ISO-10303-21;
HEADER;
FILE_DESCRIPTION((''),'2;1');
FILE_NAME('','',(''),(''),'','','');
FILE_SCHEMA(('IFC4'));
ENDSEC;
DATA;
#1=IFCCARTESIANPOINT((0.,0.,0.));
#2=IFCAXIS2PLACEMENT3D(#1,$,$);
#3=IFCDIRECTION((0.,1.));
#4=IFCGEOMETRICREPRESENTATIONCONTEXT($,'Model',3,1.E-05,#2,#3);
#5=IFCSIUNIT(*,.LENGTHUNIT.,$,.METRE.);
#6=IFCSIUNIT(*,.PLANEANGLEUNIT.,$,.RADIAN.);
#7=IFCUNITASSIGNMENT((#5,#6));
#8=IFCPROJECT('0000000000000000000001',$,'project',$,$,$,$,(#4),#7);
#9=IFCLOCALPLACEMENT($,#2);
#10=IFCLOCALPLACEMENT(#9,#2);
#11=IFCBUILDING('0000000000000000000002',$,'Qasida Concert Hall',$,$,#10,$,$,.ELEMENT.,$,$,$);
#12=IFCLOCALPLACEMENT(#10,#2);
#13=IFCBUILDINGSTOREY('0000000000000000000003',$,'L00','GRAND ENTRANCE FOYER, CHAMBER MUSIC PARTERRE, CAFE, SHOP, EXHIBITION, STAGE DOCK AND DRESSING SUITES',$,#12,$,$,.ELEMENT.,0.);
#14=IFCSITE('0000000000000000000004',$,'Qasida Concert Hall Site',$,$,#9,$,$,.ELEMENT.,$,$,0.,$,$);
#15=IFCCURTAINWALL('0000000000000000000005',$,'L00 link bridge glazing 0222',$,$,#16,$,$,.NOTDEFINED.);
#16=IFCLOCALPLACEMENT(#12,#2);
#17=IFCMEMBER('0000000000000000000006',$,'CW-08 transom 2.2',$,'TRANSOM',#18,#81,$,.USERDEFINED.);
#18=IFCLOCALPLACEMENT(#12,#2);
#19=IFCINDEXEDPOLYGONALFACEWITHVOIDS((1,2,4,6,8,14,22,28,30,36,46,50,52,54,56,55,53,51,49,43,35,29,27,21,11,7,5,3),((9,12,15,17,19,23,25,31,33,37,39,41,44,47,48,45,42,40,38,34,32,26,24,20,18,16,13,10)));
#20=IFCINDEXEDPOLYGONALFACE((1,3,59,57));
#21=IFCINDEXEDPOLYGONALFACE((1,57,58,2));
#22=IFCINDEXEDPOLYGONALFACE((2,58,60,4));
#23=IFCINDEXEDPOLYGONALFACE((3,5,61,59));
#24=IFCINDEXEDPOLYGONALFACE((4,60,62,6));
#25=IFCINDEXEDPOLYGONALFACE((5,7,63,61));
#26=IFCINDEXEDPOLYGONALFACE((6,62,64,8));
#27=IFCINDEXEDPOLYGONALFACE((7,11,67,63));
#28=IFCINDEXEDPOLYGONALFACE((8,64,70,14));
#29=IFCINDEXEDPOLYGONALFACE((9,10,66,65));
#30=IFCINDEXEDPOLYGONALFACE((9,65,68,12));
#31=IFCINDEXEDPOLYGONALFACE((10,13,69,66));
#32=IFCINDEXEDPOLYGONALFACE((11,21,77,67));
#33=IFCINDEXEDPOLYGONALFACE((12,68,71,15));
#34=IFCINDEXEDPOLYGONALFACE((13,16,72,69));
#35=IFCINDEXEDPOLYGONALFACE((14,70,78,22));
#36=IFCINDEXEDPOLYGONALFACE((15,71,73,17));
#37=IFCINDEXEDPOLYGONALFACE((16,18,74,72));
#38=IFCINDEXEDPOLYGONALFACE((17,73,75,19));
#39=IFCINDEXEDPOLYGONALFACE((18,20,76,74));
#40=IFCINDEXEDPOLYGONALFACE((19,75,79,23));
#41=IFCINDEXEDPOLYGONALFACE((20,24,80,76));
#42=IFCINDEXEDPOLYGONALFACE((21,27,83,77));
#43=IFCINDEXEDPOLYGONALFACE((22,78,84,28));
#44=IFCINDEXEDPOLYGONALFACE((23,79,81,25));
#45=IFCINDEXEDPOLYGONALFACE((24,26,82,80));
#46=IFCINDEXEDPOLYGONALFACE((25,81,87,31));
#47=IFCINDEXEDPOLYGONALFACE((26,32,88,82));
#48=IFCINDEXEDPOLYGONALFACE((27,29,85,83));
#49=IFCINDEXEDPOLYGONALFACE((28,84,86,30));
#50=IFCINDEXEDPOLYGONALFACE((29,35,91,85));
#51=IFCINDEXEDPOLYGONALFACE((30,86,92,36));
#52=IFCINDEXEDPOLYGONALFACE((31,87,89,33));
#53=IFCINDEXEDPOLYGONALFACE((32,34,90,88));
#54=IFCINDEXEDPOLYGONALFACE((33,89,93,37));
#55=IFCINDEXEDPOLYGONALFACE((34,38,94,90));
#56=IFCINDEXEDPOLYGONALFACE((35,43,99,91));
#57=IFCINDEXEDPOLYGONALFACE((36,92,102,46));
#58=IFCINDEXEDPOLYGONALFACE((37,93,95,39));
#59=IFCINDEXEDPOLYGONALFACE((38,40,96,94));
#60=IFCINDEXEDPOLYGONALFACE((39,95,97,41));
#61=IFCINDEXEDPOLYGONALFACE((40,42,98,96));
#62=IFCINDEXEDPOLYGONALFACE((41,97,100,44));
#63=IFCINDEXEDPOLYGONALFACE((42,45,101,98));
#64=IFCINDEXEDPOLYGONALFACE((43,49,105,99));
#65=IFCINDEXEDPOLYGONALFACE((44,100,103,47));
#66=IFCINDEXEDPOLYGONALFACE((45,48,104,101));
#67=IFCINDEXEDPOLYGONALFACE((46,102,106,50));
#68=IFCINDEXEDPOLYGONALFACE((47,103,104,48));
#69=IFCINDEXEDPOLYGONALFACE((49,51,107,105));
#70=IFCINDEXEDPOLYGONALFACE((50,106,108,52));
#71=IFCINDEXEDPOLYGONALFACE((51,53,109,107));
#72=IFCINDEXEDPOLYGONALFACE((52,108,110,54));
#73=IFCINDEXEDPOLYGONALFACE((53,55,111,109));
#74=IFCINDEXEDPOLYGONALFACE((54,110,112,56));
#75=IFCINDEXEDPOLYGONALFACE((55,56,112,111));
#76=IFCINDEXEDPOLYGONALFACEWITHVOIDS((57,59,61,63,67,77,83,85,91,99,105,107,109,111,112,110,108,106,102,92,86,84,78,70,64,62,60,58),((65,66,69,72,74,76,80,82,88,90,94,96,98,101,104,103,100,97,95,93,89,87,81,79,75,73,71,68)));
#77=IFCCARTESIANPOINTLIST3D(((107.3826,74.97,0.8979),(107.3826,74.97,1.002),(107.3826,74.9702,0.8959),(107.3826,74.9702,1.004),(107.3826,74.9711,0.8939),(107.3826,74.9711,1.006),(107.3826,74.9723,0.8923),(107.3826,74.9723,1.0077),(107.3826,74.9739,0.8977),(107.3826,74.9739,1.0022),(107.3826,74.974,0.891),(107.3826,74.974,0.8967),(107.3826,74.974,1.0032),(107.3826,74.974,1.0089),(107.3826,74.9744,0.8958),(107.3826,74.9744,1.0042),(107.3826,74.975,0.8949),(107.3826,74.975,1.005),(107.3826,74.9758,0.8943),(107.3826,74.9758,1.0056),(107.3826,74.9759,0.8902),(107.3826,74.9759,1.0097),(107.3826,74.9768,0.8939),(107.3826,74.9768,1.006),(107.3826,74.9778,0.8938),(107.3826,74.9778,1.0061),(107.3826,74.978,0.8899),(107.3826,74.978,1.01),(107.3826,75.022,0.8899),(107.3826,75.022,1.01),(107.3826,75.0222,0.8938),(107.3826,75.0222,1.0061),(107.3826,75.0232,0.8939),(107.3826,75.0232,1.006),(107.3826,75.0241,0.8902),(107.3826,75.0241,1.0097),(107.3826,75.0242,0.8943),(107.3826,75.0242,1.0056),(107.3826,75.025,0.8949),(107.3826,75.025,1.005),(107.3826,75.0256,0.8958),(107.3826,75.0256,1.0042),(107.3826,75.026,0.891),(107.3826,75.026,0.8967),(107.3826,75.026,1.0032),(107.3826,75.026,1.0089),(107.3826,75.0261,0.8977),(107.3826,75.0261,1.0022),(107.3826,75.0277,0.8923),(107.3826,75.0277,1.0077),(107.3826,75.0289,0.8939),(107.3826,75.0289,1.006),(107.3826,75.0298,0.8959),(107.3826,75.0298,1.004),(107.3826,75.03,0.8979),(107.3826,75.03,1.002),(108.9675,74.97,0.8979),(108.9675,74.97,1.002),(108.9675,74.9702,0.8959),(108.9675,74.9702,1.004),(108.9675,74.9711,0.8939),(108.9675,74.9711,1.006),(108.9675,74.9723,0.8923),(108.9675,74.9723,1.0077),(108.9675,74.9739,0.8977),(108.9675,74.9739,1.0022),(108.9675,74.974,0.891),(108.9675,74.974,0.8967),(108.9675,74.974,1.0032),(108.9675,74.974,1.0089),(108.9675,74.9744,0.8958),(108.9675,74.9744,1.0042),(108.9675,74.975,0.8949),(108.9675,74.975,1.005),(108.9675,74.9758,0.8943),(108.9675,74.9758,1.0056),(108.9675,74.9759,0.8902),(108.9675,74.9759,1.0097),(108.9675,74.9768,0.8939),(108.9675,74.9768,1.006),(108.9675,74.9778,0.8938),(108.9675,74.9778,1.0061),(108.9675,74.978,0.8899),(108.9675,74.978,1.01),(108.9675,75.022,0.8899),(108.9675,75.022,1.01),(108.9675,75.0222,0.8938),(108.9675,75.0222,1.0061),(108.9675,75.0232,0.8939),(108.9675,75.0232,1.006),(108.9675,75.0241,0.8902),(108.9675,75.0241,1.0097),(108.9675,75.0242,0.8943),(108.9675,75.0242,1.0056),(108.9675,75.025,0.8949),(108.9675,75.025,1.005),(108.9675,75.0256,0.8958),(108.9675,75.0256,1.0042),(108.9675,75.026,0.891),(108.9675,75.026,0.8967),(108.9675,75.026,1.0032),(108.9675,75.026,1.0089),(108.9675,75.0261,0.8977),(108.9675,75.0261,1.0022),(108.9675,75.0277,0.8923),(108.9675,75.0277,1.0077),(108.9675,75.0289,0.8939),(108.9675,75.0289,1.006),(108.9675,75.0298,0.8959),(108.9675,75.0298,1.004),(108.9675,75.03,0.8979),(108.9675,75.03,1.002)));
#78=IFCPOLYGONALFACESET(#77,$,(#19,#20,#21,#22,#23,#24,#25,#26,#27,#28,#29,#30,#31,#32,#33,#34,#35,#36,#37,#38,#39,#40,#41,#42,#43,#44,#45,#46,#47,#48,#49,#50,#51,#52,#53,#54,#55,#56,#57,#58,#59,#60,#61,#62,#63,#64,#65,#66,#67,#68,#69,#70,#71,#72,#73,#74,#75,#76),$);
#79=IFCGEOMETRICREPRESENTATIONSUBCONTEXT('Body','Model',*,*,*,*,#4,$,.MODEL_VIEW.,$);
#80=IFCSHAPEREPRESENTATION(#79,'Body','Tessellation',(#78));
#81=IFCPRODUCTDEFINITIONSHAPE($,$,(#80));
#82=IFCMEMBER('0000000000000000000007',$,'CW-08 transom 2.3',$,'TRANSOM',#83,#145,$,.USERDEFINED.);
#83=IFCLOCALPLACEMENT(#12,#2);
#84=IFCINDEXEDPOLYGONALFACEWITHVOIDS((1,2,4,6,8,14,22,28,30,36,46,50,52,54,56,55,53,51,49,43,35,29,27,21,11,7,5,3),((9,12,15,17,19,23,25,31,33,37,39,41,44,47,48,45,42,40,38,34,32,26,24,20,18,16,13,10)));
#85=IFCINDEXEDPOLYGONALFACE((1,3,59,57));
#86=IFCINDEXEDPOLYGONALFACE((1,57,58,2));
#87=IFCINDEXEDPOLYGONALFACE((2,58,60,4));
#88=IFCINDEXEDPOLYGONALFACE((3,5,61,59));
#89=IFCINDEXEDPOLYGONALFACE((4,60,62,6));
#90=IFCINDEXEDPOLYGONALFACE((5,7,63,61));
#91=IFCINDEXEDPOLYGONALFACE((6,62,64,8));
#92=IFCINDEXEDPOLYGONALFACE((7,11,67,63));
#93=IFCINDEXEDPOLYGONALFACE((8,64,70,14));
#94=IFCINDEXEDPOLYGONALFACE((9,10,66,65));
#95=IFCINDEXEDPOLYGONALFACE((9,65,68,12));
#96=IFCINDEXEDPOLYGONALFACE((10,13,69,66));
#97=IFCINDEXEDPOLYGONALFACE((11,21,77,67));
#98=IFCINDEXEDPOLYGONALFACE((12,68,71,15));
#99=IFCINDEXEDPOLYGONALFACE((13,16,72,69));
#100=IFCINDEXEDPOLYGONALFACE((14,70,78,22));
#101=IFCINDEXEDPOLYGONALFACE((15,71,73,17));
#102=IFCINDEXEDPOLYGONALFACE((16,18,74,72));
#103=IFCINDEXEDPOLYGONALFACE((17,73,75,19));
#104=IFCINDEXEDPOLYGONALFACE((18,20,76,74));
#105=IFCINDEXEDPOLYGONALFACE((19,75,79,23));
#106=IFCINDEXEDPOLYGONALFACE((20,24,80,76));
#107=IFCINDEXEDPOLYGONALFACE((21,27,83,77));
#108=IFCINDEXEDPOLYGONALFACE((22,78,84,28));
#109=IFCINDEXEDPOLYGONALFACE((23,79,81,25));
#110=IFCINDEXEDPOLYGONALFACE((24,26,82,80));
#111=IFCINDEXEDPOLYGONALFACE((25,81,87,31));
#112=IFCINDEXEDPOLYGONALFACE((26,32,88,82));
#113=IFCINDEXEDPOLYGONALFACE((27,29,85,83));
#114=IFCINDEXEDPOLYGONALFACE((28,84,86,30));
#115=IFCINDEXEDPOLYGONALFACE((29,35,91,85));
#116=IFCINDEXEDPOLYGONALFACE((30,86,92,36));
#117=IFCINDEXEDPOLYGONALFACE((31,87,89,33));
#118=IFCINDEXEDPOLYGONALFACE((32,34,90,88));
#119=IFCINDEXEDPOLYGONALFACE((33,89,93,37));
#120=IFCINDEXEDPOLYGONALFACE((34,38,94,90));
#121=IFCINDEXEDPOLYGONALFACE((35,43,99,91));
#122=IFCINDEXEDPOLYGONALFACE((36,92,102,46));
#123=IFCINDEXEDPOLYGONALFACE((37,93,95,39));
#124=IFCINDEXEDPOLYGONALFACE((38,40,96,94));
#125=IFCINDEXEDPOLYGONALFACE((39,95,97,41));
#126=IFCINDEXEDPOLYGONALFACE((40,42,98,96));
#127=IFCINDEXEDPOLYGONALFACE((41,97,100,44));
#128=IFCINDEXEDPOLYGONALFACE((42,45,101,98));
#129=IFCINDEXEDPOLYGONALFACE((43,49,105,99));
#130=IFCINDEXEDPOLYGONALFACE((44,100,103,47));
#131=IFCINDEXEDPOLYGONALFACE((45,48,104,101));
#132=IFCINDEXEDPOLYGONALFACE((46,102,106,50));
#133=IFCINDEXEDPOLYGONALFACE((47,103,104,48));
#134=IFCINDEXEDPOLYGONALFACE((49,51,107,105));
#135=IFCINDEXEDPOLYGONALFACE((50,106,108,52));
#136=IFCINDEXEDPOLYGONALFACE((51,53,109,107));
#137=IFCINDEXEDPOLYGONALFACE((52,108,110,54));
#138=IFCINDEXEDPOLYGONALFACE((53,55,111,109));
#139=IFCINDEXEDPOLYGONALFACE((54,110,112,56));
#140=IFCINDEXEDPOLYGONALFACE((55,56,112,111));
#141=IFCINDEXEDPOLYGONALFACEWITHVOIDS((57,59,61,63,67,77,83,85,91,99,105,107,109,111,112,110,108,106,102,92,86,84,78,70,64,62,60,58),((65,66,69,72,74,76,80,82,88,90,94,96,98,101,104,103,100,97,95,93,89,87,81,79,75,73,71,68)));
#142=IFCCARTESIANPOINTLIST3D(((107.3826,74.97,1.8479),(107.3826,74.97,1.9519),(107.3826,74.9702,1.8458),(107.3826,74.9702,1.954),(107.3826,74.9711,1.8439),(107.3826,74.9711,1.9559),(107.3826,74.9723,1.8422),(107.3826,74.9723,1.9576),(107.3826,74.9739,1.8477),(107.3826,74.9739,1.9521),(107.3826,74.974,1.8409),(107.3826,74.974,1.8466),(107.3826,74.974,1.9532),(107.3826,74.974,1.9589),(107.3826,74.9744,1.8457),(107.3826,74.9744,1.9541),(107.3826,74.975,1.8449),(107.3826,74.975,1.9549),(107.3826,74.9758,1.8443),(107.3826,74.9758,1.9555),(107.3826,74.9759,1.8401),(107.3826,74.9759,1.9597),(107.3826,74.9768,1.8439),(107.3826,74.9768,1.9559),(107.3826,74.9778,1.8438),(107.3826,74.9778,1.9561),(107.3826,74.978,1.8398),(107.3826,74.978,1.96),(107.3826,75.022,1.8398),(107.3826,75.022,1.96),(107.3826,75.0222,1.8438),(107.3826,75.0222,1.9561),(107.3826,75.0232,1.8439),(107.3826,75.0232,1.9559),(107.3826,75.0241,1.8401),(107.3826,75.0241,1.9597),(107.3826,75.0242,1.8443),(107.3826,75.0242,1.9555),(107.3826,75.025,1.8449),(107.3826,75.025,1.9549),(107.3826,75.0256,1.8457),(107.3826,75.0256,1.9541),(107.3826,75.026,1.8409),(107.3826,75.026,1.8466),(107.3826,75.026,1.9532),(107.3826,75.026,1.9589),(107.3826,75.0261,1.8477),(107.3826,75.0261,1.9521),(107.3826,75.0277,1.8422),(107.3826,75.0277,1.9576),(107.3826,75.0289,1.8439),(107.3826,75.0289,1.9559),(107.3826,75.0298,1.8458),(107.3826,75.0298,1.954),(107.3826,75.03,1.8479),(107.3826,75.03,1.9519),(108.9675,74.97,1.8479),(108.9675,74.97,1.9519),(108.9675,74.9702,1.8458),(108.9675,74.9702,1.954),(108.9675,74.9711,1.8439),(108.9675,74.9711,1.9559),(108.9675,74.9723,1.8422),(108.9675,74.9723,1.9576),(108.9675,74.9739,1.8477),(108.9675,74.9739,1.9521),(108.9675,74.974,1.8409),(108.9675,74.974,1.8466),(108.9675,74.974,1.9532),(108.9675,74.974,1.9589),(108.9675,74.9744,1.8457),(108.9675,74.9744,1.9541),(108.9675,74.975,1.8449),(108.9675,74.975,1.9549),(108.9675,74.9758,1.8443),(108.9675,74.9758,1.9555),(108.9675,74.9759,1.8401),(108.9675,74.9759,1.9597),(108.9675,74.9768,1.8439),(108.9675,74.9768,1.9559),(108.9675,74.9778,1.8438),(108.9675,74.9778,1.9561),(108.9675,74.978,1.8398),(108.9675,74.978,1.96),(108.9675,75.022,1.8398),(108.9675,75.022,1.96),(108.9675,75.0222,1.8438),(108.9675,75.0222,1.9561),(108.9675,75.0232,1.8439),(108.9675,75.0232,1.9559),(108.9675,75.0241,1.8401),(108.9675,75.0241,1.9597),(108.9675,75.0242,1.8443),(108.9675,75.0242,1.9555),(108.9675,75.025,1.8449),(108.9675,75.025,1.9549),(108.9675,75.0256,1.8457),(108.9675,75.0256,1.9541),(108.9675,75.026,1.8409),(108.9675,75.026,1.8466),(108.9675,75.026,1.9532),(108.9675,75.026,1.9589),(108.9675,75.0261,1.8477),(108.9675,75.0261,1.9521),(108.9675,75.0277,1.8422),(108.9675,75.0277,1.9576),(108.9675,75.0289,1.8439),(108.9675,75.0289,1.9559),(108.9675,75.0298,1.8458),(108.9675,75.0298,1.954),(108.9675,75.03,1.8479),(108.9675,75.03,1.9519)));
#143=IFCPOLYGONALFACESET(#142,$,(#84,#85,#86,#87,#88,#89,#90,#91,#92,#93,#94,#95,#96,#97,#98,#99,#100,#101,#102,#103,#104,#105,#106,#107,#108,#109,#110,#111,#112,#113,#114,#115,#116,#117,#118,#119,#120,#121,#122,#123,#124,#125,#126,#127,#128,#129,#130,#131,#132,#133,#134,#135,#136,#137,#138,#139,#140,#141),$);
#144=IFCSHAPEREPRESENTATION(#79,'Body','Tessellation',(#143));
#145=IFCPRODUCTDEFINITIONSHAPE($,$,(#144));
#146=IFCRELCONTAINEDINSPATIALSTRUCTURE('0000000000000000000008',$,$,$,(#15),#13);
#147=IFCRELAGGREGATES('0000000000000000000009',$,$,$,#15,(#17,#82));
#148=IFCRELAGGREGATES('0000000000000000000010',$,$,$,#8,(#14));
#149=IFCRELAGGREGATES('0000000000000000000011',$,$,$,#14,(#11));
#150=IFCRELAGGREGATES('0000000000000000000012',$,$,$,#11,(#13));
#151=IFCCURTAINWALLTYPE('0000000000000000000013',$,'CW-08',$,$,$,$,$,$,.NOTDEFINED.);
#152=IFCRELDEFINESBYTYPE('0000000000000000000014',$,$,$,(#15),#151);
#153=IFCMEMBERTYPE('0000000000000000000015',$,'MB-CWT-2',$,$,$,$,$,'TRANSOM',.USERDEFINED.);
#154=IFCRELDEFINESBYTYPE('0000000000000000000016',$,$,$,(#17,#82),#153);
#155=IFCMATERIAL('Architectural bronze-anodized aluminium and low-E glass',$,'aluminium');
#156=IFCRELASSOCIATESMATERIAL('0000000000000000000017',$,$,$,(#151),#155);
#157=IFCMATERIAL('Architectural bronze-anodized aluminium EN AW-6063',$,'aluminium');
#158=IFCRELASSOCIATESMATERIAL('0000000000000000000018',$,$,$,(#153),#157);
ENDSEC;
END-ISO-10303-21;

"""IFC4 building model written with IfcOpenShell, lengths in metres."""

from ifc_helpers import new_model, si_unit, direction, frame, origin, origin_2d, place, context, subcontext, project, spatial, hollow_rectangle, extrude, material, material_profile, profile_set, type_object, element, aggregate, save


model = new_model("IFC4")

# Units and contexts
model_context = context("Model", 3, precision=1e-05, world=origin(), true_north=direction((0.0, 1.0)))
body_context = subcontext(model_context, "Body", "Model", "MODEL_VIEW")
ifc_project = project(units=[si_unit("LENGTHUNIT", "METRE"), si_unit("PLANEANGLEUNIT", "RADIAN")], contexts=[model_context])

# Site, building, storey
site_placement = place(None, origin())
site = spatial("IfcSite", under=ifc_project, at=site_placement, Name="Qasida Concert Hall Site", CompositionType="ELEMENT", RefElevation=0.0)
building_placement = place(site_placement, origin())
building = spatial("IfcBuilding", under=site, at=building_placement, Name="Qasida Concert Hall", CompositionType="ELEMENT")
storey_placement = place(building_placement, origin())
storey = spatial("IfcBuildingStorey", under=building, at=storey_placement, Name="L00", Description="GRAND ENTRANCE FOYER, CHAMBER MUSIC PARTERRE, CAFE, SHOP, EXHIBITION, STAGE DOCK AND DRESSING SUITES", CompositionType="ELEMENT", Elevation=0.0)

# Curtain wall, members
ifc_material_1 = material(Name="Architectural bronze-anodized aluminium and low-E glass", Category="aluminium")
curtain_wall_type = type_object("IfcCurtainWallType", Name="CW-08", PredefinedType="NOTDEFINED", material=ifc_material_1)
curtain_wall_placement = place(storey_placement, origin())
curtain_wall = element("IfcCurtainWall", 1, at=curtain_wall_placement, inside=storey, type_object=curtain_wall_type, Name="L00 link bridge glazing 0222", PredefinedType="NOTDEFINED")
ifc_material_2 = material(Name="Architectural bronze-anodized aluminium EN AW-6063", Category="aluminium")
ifc_material_profile_1 = material_profile(ifc_material_2, hollow_rectangle(XDim=0.0601, YDim=0.1201, WallThickness=0.0039, InnerFilletRadius=0.0039, OuterFilletRadius=0.0081, at=origin_2d()), Name="CWT 120x60x4")
ifc_profile_set_1 = profile_set([ifc_material_profile_1], Name="Architectural bronze-anodized aluminium EN AW-6063")
member_type_1 = type_object("IfcMemberType", Name="MB-CWT-2", ElementType="TRANSOM", PredefinedType="USERDEFINED", material=ifc_profile_set_1)
member_1_placement = place(storey_placement, frame((107.3826, 75.0, 0.95), z_axis=(1.0, 0.0, 0.0), x_axis=(0.0, 1.0, 0.0)))
member_1 = element("IfcMember", 2, at=member_1_placement, type_object=member_type_1, Name="CW-08 transom 2.2", ObjectType="TRANSOM", PredefinedType="USERDEFINED", context=body_context, shape_type="SweptSolid", body=[
    extrude(hollow_rectangle(XDim=0.0601, YDim=0.1201, WallThickness=0.0039, InnerFilletRadius=0.0039, OuterFilletRadius=0.0081, at=origin_2d()), origin(), (0.0, 0.0, 1.0), 1.585),
])
member_2_placement = place(storey_placement, frame((107.3826, 75.0, 1.8999), z_axis=(1.0, 0.0, 0.0), x_axis=(0.0, 1.0, 0.0)))
member_2 = element("IfcMember", 3, at=member_2_placement, type_object=member_type_1, Name="CW-08 transom 2.3", ObjectType="TRANSOM", PredefinedType="USERDEFINED", context=body_context, shape_type="SweptSolid", body=[
    extrude(hollow_rectangle(XDim=0.0601, YDim=0.1201, WallThickness=0.0039, InnerFilletRadius=0.0039, OuterFilletRadius=0.0081, at=origin_2d()), origin(), (0.0, 0.0, 1.0), 1.585),
])
aggregate(curtain_wall, [member_1, member_2])

save(model, "model.ifc")
